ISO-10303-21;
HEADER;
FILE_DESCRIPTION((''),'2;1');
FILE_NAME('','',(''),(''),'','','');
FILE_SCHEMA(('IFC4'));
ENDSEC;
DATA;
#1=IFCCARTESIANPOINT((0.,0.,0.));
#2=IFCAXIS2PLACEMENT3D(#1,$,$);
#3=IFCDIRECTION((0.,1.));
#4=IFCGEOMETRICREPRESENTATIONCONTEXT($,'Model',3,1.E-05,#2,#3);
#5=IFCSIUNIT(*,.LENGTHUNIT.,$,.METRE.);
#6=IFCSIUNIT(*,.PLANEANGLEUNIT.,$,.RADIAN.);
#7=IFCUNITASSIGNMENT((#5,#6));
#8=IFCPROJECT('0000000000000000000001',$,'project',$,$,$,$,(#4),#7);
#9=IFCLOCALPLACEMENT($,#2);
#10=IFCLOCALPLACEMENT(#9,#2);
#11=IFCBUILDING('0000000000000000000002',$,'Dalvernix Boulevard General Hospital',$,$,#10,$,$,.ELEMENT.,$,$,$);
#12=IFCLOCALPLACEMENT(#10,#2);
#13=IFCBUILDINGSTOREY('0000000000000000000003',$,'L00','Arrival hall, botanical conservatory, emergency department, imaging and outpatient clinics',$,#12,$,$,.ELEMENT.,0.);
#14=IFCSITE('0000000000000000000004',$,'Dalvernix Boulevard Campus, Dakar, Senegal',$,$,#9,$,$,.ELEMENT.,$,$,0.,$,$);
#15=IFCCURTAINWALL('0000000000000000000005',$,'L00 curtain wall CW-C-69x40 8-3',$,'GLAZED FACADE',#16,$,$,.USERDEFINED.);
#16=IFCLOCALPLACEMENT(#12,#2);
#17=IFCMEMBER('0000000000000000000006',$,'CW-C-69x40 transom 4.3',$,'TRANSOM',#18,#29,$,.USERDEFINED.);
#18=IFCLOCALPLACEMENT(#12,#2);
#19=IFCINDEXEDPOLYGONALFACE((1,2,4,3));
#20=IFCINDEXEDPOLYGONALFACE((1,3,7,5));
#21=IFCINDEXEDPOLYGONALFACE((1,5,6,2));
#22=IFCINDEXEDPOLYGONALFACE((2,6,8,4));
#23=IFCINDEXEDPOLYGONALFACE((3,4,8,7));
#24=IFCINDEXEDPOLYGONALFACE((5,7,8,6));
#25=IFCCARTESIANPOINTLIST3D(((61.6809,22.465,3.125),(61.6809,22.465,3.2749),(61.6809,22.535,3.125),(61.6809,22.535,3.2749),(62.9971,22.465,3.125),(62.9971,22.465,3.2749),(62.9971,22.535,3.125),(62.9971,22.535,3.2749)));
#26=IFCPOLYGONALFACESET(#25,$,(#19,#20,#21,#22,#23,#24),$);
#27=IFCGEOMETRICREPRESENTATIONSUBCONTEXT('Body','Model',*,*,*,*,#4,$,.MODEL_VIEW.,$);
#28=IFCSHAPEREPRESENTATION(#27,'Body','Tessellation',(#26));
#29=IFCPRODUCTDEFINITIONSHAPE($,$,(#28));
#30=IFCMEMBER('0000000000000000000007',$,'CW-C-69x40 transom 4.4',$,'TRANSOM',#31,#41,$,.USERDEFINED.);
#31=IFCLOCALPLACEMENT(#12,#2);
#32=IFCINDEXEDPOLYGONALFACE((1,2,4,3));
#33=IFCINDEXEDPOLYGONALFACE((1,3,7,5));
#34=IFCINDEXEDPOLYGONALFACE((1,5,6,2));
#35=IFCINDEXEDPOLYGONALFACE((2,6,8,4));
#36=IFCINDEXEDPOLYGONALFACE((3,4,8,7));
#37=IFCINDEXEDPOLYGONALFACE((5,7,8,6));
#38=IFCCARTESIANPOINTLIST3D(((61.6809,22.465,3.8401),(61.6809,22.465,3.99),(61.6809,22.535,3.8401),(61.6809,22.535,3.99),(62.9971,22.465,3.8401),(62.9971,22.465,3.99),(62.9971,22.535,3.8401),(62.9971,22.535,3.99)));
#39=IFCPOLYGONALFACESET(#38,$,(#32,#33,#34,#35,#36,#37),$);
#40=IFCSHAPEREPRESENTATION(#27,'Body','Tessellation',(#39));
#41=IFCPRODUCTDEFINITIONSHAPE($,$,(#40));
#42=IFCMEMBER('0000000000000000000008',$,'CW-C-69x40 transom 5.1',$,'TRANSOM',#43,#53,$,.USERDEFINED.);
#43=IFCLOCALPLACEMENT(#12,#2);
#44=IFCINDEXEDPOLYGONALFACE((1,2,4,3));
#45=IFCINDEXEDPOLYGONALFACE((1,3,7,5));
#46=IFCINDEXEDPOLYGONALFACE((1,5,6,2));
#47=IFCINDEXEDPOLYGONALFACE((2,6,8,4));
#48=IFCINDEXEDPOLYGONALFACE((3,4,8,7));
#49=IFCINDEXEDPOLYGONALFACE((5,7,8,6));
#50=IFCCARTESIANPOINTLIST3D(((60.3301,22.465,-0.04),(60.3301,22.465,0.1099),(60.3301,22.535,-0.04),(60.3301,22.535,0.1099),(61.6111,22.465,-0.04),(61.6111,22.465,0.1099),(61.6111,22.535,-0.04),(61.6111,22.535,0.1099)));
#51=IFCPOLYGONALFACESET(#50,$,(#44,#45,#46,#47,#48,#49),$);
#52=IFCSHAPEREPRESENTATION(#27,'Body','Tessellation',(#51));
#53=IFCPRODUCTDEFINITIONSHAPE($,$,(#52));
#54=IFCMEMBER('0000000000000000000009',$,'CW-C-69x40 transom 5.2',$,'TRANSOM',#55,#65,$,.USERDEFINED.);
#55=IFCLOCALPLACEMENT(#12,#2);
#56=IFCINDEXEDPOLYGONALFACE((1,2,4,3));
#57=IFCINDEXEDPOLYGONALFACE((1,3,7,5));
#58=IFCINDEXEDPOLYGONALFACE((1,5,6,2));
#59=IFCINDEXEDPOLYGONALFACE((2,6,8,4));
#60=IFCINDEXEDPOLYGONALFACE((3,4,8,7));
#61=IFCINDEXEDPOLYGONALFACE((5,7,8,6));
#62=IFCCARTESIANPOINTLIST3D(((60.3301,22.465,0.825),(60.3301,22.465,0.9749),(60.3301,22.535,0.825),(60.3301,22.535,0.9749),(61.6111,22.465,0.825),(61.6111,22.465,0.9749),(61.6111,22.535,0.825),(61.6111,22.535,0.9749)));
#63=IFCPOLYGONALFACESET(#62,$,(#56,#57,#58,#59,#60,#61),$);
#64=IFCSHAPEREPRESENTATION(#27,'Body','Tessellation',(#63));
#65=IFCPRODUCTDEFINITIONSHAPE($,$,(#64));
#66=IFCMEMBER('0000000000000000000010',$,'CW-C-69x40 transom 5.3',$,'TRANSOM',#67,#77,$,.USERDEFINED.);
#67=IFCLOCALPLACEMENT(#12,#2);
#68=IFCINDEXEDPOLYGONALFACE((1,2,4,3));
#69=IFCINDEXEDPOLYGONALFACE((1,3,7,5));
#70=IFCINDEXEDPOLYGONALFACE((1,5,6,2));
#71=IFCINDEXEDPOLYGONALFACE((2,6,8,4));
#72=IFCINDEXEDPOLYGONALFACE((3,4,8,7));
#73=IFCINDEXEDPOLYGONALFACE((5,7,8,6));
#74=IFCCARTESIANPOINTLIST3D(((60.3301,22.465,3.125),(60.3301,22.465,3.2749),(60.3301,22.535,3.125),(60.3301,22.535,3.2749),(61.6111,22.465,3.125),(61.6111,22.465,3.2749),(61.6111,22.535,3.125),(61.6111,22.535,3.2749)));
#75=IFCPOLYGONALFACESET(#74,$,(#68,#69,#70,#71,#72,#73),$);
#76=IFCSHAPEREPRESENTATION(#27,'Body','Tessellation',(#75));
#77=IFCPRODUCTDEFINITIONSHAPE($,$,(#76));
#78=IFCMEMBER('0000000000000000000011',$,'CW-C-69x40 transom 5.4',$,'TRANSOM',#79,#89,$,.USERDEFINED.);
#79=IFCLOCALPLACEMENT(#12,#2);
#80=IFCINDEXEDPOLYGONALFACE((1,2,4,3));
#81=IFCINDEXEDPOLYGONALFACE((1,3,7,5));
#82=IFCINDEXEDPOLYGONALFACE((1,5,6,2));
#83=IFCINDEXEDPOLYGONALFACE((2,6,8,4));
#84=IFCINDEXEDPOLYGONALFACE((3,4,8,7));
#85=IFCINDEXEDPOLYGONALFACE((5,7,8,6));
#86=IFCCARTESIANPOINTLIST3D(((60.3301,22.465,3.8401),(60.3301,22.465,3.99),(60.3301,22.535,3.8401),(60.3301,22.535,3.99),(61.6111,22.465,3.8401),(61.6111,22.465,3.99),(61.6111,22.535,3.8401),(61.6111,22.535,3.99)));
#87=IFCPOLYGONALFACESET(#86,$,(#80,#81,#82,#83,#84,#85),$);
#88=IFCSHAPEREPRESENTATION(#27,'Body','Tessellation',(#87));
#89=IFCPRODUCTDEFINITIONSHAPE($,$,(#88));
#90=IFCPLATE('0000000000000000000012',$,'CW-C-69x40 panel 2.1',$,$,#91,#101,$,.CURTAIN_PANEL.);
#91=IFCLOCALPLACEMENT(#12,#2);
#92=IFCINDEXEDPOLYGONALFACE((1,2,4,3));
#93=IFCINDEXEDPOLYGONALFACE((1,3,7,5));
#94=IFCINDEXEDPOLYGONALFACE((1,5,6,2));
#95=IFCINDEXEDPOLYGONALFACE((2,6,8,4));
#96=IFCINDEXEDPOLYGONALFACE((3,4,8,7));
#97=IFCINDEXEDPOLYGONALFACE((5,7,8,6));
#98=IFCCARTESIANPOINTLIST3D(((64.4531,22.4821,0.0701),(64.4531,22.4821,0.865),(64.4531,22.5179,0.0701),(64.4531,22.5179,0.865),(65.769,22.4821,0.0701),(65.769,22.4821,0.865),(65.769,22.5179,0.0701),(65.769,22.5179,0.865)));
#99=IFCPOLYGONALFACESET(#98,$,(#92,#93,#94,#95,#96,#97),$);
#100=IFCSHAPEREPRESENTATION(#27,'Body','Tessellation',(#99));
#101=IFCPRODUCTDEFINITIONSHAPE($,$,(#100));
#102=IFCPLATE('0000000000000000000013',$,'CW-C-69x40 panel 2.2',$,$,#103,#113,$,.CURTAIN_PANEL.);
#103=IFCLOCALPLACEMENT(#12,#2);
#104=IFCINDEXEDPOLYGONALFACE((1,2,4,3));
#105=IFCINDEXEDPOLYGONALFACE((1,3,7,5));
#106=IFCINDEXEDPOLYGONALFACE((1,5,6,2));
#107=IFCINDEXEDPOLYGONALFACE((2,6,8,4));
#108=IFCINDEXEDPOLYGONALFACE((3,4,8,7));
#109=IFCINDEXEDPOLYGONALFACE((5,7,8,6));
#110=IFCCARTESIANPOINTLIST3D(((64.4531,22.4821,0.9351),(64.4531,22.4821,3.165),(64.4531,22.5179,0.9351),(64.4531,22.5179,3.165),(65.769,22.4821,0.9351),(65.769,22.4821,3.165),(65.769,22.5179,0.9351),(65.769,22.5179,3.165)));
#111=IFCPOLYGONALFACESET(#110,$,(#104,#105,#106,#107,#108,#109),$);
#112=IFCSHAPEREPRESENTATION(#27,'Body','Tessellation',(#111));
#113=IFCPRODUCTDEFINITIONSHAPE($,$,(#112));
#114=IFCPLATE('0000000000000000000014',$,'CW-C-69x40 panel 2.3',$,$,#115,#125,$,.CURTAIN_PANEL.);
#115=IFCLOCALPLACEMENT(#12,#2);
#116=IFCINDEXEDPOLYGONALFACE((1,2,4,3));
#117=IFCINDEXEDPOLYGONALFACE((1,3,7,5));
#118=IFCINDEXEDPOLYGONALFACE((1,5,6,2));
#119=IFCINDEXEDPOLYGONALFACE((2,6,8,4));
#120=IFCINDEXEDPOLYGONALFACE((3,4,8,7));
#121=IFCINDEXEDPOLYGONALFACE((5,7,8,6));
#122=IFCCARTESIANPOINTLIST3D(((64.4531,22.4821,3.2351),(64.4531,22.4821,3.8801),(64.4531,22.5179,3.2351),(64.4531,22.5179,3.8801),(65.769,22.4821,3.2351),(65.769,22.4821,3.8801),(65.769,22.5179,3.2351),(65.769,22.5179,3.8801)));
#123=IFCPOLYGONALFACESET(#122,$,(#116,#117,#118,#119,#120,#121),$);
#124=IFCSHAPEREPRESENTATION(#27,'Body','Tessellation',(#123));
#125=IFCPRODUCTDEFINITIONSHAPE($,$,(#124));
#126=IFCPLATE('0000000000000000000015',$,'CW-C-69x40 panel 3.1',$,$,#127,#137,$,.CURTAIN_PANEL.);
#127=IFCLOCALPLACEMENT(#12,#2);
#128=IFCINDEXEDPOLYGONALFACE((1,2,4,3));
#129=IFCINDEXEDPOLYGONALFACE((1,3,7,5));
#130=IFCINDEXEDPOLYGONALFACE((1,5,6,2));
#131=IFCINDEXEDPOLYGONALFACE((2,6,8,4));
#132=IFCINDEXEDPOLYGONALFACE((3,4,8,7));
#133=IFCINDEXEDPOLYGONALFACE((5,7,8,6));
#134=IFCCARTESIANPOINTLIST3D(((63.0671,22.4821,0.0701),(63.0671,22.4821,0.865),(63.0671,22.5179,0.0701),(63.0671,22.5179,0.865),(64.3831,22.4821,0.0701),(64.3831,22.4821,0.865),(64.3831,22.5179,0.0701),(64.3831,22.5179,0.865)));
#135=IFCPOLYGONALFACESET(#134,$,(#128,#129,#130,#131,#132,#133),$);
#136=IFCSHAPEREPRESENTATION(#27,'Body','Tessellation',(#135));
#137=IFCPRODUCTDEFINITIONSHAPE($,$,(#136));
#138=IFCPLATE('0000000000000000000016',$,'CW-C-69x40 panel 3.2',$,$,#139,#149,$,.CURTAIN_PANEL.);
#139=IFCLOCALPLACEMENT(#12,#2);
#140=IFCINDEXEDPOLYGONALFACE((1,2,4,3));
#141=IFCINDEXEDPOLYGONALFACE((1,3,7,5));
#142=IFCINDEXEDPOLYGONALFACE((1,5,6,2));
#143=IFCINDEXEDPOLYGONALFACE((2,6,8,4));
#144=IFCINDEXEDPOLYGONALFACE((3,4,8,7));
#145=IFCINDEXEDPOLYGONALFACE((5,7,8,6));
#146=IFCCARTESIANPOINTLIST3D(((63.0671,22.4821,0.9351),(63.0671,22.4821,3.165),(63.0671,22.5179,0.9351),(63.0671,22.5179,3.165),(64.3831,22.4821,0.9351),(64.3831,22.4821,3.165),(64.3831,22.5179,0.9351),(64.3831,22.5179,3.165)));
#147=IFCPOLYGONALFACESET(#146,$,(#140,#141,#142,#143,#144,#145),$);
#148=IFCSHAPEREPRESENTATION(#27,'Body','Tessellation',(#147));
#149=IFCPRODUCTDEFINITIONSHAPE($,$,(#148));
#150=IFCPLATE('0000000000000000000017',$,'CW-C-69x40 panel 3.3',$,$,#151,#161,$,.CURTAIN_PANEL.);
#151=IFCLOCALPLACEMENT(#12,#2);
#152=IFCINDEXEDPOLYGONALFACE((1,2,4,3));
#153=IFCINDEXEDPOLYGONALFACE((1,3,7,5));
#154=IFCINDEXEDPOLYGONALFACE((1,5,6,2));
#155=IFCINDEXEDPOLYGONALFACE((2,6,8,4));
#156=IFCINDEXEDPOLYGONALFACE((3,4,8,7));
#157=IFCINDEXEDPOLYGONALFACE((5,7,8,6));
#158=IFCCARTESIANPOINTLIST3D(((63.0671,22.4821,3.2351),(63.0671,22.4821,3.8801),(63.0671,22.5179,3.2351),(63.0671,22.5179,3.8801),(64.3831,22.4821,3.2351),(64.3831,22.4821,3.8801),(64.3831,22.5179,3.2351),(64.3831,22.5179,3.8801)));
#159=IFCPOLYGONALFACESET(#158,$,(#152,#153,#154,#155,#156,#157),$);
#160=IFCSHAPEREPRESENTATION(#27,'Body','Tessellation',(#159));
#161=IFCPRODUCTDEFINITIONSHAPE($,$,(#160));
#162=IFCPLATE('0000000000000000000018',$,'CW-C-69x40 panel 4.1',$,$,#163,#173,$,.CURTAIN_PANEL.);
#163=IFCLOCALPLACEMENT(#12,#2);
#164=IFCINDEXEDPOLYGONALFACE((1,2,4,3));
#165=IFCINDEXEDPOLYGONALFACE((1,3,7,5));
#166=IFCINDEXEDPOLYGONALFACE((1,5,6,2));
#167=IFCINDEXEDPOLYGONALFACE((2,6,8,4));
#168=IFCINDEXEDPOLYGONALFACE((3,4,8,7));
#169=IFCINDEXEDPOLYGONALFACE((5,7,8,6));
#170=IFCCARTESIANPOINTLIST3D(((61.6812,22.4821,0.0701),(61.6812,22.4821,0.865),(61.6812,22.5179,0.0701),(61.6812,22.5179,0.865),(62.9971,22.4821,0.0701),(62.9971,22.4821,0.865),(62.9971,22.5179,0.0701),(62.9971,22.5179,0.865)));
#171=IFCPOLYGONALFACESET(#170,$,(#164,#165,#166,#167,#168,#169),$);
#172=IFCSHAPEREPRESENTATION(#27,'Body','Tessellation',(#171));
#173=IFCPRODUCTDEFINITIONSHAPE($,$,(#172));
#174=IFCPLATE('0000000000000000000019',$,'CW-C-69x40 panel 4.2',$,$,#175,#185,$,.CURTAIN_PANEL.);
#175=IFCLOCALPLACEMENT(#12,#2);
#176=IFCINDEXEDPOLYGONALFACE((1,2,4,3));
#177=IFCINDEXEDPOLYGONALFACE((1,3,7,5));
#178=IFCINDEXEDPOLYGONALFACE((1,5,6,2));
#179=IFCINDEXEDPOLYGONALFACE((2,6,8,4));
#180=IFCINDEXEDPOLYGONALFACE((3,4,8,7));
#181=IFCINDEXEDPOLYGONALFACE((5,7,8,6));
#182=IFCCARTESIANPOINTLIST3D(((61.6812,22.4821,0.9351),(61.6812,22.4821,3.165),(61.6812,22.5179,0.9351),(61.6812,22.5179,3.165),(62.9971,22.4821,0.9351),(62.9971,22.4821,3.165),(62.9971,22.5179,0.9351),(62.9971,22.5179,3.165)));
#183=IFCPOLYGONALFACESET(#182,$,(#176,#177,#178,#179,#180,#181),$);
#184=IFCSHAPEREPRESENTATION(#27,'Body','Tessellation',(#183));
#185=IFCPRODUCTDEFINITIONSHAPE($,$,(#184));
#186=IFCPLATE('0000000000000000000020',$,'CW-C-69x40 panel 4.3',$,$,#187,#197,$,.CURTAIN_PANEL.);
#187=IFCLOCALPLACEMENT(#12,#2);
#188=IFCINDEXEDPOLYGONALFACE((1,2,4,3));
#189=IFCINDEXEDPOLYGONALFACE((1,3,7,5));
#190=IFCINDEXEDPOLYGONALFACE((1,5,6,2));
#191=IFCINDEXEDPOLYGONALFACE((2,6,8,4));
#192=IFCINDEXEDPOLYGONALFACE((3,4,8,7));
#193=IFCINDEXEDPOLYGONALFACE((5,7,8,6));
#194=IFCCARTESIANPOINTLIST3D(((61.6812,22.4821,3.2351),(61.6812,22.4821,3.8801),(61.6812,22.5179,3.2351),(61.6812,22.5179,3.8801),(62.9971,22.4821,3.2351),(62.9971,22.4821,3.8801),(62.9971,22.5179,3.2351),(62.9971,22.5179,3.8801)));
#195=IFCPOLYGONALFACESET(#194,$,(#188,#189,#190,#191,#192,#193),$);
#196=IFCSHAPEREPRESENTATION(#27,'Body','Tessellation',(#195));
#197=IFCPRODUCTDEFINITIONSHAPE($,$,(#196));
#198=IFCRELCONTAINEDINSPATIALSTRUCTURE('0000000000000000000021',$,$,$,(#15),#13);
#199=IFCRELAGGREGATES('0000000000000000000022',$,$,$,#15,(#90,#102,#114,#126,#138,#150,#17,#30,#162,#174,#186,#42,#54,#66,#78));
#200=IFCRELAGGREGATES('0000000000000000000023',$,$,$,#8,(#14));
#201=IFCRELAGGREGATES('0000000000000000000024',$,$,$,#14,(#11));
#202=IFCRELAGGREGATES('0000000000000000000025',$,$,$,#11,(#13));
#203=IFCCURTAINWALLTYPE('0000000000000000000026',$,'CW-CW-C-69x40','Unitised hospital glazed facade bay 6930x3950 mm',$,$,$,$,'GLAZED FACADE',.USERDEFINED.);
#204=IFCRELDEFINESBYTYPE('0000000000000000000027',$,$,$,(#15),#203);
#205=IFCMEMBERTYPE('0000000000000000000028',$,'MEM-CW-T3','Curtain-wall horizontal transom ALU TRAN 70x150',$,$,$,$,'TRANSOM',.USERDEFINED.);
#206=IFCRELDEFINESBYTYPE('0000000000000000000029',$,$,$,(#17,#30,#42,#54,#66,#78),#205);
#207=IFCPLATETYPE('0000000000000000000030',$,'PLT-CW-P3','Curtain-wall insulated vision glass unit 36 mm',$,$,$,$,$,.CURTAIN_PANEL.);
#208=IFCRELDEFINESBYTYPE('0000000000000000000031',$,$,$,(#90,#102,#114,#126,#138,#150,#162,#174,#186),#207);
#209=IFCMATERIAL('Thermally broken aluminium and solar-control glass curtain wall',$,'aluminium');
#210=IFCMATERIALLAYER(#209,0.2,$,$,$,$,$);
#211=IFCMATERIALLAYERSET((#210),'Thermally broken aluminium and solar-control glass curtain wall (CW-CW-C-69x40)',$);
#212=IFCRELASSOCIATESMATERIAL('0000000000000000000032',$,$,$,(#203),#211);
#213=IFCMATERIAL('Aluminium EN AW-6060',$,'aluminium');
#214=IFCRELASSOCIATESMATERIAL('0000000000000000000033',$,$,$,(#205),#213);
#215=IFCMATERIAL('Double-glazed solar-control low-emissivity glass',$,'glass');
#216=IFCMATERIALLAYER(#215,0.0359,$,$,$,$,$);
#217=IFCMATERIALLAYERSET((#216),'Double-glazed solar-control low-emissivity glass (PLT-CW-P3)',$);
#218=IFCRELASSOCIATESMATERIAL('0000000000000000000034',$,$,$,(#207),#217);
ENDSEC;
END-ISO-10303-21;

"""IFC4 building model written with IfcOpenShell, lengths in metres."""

from ifc_helpers import new_model, si_unit, direction, frame, origin, origin_2d, place, context, subcontext, project, spatial, rectangle, extrude, material, layer, layer_set, material_profile, profile_set, type_object, element, aggregate, save


model = new_model("IFC4")

# Units and contexts
model_context = context("Model", 3, precision=1e-05, world=origin(), true_north=direction((0.0, 1.0)))
body_context = subcontext(model_context, "Body", "Model", "MODEL_VIEW")
ifc_project = project(units=[si_unit("LENGTHUNIT", "METRE"), si_unit("PLANEANGLEUNIT", "RADIAN")], contexts=[model_context])

# Site, building, storey
site_placement = place(None, origin())
site = spatial("IfcSite", under=ifc_project, at=site_placement, Name="Dalvernix Boulevard Campus, Dakar, Senegal", CompositionType="ELEMENT", RefElevation=0.0)
building_placement = place(site_placement, origin())
building = spatial("IfcBuilding", under=site, at=building_placement, Name="Dalvernix Boulevard General Hospital", CompositionType="ELEMENT")
storey_placement = place(building_placement, origin())
storey = spatial("IfcBuildingStorey", under=building, at=storey_placement, Name="L00", Description="Arrival hall, botanical conservatory, emergency department, imaging and outpatient clinics", CompositionType="ELEMENT", Elevation=0.0)

# Curtain wall, members, plates
ifc_material_1 = material(Name="Thermally broken aluminium and solar-control glass curtain wall", Category="aluminium")
ifc_layer_1 = layer(ifc_material_1, 0.2)
ifc_layer_set_1 = layer_set([ifc_layer_1], Name="Thermally broken aluminium and solar-control glass curtain wall (CW-CW-C-69x40)")
curtain_wall_type = type_object("IfcCurtainWallType", Name="CW-CW-C-69x40", Description="Unitised hospital glazed facade bay 6930x3950 mm", ElementType="GLAZED FACADE", PredefinedType="USERDEFINED", material=ifc_layer_set_1)
curtain_wall_placement = place(storey_placement, origin())
curtain_wall = element("IfcCurtainWall", 1, at=curtain_wall_placement, inside=storey, type_object=curtain_wall_type, Name="L00 curtain wall CW-C-69x40 8-3", ObjectType="GLAZED FACADE", PredefinedType="USERDEFINED")
ifc_material_2 = material(Name="Aluminium EN AW-6060", Category="aluminium")
ifc_material_profile_1 = material_profile(ifc_material_2, rectangle(XDim=0.0701, YDim=0.1499, at=origin_2d()), Name="ALU TRAN 70x150")
ifc_profile_set_1 = profile_set([ifc_material_profile_1], Name="Aluminium EN AW-6060")
member_type_1 = type_object("IfcMemberType", Name="MEM-CW-T3", Description="Curtain-wall horizontal transom ALU TRAN 70x150", ElementType="TRANSOM", PredefinedType="USERDEFINED", material=ifc_profile_set_1)
member_1_placement = place(storey_placement, frame((62.9971, 22.5, 3.2), z_axis=(-1.0, 0.0, 0.0), x_axis=(0.0, -1.0, 0.0)))
member_1 = element("IfcMember", 2, at=member_1_placement, type_object=member_type_1, Name="CW-C-69x40 transom 4.3", ObjectType="TRANSOM", PredefinedType="USERDEFINED", context=body_context, shape_type="SweptSolid", body=[
    extrude(rectangle(XDim=0.0701, YDim=0.1499, at=origin_2d()), origin(), (0.0, 0.0, 1.0), 1.3162),
])
member_2_placement = place(storey_placement, frame((62.9971, 22.5, 3.915), z_axis=(-1.0, 0.0, 0.0), x_axis=(0.0, -1.0, 0.0)))
member_2 = element("IfcMember", 3, at=member_2_placement, type_object=member_type_1, Name="CW-C-69x40 transom 4.4", ObjectType="TRANSOM", PredefinedType="USERDEFINED", context=body_context, shape_type="SweptSolid", body=[
    extrude(rectangle(XDim=0.0701, YDim=0.1499, at=origin_2d()), origin(), (0.0, 0.0, 1.0), 1.3162),
])
member_3_placement = place(storey_placement, frame((61.6111, 22.5, 0.0349), z_axis=(-1.0, 0.0, 0.0), x_axis=(0.0, -1.0, 0.0)))
member_3 = element("IfcMember", 4, at=member_3_placement, type_object=member_type_1, Name="CW-C-69x40 transom 5.1", ObjectType="TRANSOM", PredefinedType="USERDEFINED", context=body_context, shape_type="SweptSolid", body=[
    extrude(rectangle(XDim=0.0701, YDim=0.1499, at=origin_2d()), origin(), (0.0, 0.0, 1.0), 1.281),
])
member_4_placement = place(storey_placement, frame((61.6111, 22.5, 0.8999), z_axis=(-1.0, 0.0, 0.0), x_axis=(0.0, -1.0, 0.0)))
member_4 = element("IfcMember", 5, at=member_4_placement, type_object=member_type_1, Name="CW-C-69x40 transom 5.2", ObjectType="TRANSOM", PredefinedType="USERDEFINED", context=body_context, shape_type="SweptSolid", body=[
    extrude(rectangle(XDim=0.0701, YDim=0.1499, at=origin_2d()), origin(), (0.0, 0.0, 1.0), 1.281),
])
member_5_placement = place(storey_placement, frame((61.6111, 22.5, 3.2), z_axis=(-1.0, 0.0, 0.0), x_axis=(0.0, -1.0, 0.0)))
member_5 = element("IfcMember", 6, at=member_5_placement, type_object=member_type_1, Name="CW-C-69x40 transom 5.3", ObjectType="TRANSOM", PredefinedType="USERDEFINED", context=body_context, shape_type="SweptSolid", body=[
    extrude(rectangle(XDim=0.0701, YDim=0.1499, at=origin_2d()), origin(), (0.0, 0.0, 1.0), 1.281),
])
member_6_placement = place(storey_placement, frame((61.6111, 22.5, 3.915), z_axis=(-1.0, 0.0, 0.0), x_axis=(0.0, -1.0, 0.0)))
member_6 = element("IfcMember", 7, at=member_6_placement, type_object=member_type_1, Name="CW-C-69x40 transom 5.4", ObjectType="TRANSOM", PredefinedType="USERDEFINED", context=body_context, shape_type="SweptSolid", body=[
    extrude(rectangle(XDim=0.0701, YDim=0.1499, at=origin_2d()), origin(), (0.0, 0.0, 1.0), 1.281),
])
ifc_material_3 = material(Name="Double-glazed solar-control low-emissivity glass", Category="glass")
ifc_layer_2 = layer(ifc_material_3, 0.0359)
ifc_layer_set_2 = layer_set([ifc_layer_2], Name="Double-glazed solar-control low-emissivity glass (PLT-CW-P3)")
plate_type = type_object("IfcPlateType", Name="PLT-CW-P3", Description="Curtain-wall insulated vision glass unit 36 mm", PredefinedType="CURTAIN_PANEL", material=ifc_layer_set_2)
plate_1_placement = place(storey_placement, frame((65.1111, 22.5, 0.0701), z_axis=(0.0, 0.0, 1.0), x_axis=(-1.0, 0.0, 0.0)))
plate_1 = element("IfcPlate", 8, at=plate_1_placement, type_object=plate_type, Name="CW-C-69x40 panel 2.1", PredefinedType="CURTAIN_PANEL", context=body_context, shape_type="SweptSolid", body=[
    extrude(rectangle(XDim=1.3159, YDim=0.0359, at=origin_2d()), origin(), (0.0, 0.0, 1.0), 0.7949),
])
plate_2_placement = place(storey_placement, frame((65.1111, 22.5, 0.9351), z_axis=(0.0, 0.0, 1.0), x_axis=(-1.0, 0.0, 0.0)))
plate_2 = element("IfcPlate", 9, at=plate_2_placement, type_object=plate_type, Name="CW-C-69x40 panel 2.2", PredefinedType="CURTAIN_PANEL", context=body_context, shape_type="SweptSolid", body=[
    extrude(rectangle(XDim=1.3159, YDim=0.0359, at=origin_2d()), origin(), (0.0, 0.0, 1.0), 2.23),
])
plate_3_placement = place(storey_placement, frame((65.1111, 22.5, 3.2351), z_axis=(0.0, 0.0, 1.0), x_axis=(-1.0, 0.0, 0.0)))
plate_3 = element("IfcPlate", 10, at=plate_3_placement, type_object=plate_type, Name="CW-C-69x40 panel 2.3", PredefinedType="CURTAIN_PANEL", context=body_context, shape_type="SweptSolid", body=[
    extrude(rectangle(XDim=1.3159, YDim=0.0359, at=origin_2d()), origin(), (0.0, 0.0, 1.0), 0.645),
])
plate_4_placement = place(storey_placement, frame((63.7251, 22.5, 0.0701), z_axis=(0.0, 0.0, 1.0), x_axis=(-1.0, 0.0, 0.0)))
plate_4 = element("IfcPlate", 11, at=plate_4_placement, type_object=plate_type, Name="CW-C-69x40 panel 3.1", PredefinedType="CURTAIN_PANEL", context=body_context, shape_type="SweptSolid", body=[
    extrude(rectangle(XDim=1.3159, YDim=0.0359, at=origin_2d()), origin(), (0.0, 0.0, 1.0), 0.7949),
])
plate_5_placement = place(storey_placement, frame((63.7251, 22.5, 0.9351), z_axis=(0.0, 0.0, 1.0), x_axis=(-1.0, 0.0, 0.0)))
plate_5 = element("IfcPlate", 12, at=plate_5_placement, type_object=plate_type, Name="CW-C-69x40 panel 3.2", PredefinedType="CURTAIN_PANEL", context=body_context, shape_type="SweptSolid", body=[
    extrude(rectangle(XDim=1.3159, YDim=0.0359, at=origin_2d()), origin(), (0.0, 0.0, 1.0), 2.23),
])
plate_6_placement = place(storey_placement, frame((63.7251, 22.5, 3.2351), z_axis=(0.0, 0.0, 1.0), x_axis=(-1.0, 0.0, 0.0)))
plate_6 = element("IfcPlate", 13, at=plate_6_placement, type_object=plate_type, Name="CW-C-69x40 panel 3.3", PredefinedType="CURTAIN_PANEL", context=body_context, shape_type="SweptSolid", body=[
    extrude(rectangle(XDim=1.3159, YDim=0.0359, at=origin_2d()), origin(), (0.0, 0.0, 1.0), 0.645),
])
plate_7_placement = place(storey_placement, frame((62.3391, 22.5, 0.0701), z_axis=(0.0, 0.0, 1.0), x_axis=(-1.0, 0.0, 0.0)))
plate_7 = element("IfcPlate", 14, at=plate_7_placement, type_object=plate_type, Name="CW-C-69x40 panel 4.1", PredefinedType="CURTAIN_PANEL", context=body_context, shape_type="SweptSolid", body=[
    extrude(rectangle(XDim=1.3159, YDim=0.0359, at=origin_2d()), origin(), (0.0, 0.0, 1.0), 0.7949),
])
plate_8_placement = place(storey_placement, frame((62.3391, 22.5, 0.9351), z_axis=(0.0, 0.0, 1.0), x_axis=(-1.0, 0.0, 0.0)))
plate_8 = element("IfcPlate", 15, at=plate_8_placement, type_object=plate_type, Name="CW-C-69x40 panel 4.2", PredefinedType="CURTAIN_PANEL", context=body_context, shape_type="SweptSolid", body=[
    extrude(rectangle(XDim=1.3159, YDim=0.0359, at=origin_2d()), origin(), (0.0, 0.0, 1.0), 2.23),
])
plate_9_placement = place(storey_placement, frame((62.3391, 22.5, 3.2351), z_axis=(0.0, 0.0, 1.0), x_axis=(-1.0, 0.0, 0.0)))
plate_9 = element("IfcPlate", 16, at=plate_9_placement, type_object=plate_type, Name="CW-C-69x40 panel 4.3", PredefinedType="CURTAIN_PANEL", context=body_context, shape_type="SweptSolid", body=[
    extrude(rectangle(XDim=1.3159, YDim=0.0359, at=origin_2d()), origin(), (0.0, 0.0, 1.0), 0.645),
])
aggregate(curtain_wall, [plate_1, plate_2, plate_3, plate_4, plate_5, plate_6, member_1, member_2, plate_7, plate_8, plate_9, member_3, member_4, member_5, member_6])

save(model, "model.ifc")
